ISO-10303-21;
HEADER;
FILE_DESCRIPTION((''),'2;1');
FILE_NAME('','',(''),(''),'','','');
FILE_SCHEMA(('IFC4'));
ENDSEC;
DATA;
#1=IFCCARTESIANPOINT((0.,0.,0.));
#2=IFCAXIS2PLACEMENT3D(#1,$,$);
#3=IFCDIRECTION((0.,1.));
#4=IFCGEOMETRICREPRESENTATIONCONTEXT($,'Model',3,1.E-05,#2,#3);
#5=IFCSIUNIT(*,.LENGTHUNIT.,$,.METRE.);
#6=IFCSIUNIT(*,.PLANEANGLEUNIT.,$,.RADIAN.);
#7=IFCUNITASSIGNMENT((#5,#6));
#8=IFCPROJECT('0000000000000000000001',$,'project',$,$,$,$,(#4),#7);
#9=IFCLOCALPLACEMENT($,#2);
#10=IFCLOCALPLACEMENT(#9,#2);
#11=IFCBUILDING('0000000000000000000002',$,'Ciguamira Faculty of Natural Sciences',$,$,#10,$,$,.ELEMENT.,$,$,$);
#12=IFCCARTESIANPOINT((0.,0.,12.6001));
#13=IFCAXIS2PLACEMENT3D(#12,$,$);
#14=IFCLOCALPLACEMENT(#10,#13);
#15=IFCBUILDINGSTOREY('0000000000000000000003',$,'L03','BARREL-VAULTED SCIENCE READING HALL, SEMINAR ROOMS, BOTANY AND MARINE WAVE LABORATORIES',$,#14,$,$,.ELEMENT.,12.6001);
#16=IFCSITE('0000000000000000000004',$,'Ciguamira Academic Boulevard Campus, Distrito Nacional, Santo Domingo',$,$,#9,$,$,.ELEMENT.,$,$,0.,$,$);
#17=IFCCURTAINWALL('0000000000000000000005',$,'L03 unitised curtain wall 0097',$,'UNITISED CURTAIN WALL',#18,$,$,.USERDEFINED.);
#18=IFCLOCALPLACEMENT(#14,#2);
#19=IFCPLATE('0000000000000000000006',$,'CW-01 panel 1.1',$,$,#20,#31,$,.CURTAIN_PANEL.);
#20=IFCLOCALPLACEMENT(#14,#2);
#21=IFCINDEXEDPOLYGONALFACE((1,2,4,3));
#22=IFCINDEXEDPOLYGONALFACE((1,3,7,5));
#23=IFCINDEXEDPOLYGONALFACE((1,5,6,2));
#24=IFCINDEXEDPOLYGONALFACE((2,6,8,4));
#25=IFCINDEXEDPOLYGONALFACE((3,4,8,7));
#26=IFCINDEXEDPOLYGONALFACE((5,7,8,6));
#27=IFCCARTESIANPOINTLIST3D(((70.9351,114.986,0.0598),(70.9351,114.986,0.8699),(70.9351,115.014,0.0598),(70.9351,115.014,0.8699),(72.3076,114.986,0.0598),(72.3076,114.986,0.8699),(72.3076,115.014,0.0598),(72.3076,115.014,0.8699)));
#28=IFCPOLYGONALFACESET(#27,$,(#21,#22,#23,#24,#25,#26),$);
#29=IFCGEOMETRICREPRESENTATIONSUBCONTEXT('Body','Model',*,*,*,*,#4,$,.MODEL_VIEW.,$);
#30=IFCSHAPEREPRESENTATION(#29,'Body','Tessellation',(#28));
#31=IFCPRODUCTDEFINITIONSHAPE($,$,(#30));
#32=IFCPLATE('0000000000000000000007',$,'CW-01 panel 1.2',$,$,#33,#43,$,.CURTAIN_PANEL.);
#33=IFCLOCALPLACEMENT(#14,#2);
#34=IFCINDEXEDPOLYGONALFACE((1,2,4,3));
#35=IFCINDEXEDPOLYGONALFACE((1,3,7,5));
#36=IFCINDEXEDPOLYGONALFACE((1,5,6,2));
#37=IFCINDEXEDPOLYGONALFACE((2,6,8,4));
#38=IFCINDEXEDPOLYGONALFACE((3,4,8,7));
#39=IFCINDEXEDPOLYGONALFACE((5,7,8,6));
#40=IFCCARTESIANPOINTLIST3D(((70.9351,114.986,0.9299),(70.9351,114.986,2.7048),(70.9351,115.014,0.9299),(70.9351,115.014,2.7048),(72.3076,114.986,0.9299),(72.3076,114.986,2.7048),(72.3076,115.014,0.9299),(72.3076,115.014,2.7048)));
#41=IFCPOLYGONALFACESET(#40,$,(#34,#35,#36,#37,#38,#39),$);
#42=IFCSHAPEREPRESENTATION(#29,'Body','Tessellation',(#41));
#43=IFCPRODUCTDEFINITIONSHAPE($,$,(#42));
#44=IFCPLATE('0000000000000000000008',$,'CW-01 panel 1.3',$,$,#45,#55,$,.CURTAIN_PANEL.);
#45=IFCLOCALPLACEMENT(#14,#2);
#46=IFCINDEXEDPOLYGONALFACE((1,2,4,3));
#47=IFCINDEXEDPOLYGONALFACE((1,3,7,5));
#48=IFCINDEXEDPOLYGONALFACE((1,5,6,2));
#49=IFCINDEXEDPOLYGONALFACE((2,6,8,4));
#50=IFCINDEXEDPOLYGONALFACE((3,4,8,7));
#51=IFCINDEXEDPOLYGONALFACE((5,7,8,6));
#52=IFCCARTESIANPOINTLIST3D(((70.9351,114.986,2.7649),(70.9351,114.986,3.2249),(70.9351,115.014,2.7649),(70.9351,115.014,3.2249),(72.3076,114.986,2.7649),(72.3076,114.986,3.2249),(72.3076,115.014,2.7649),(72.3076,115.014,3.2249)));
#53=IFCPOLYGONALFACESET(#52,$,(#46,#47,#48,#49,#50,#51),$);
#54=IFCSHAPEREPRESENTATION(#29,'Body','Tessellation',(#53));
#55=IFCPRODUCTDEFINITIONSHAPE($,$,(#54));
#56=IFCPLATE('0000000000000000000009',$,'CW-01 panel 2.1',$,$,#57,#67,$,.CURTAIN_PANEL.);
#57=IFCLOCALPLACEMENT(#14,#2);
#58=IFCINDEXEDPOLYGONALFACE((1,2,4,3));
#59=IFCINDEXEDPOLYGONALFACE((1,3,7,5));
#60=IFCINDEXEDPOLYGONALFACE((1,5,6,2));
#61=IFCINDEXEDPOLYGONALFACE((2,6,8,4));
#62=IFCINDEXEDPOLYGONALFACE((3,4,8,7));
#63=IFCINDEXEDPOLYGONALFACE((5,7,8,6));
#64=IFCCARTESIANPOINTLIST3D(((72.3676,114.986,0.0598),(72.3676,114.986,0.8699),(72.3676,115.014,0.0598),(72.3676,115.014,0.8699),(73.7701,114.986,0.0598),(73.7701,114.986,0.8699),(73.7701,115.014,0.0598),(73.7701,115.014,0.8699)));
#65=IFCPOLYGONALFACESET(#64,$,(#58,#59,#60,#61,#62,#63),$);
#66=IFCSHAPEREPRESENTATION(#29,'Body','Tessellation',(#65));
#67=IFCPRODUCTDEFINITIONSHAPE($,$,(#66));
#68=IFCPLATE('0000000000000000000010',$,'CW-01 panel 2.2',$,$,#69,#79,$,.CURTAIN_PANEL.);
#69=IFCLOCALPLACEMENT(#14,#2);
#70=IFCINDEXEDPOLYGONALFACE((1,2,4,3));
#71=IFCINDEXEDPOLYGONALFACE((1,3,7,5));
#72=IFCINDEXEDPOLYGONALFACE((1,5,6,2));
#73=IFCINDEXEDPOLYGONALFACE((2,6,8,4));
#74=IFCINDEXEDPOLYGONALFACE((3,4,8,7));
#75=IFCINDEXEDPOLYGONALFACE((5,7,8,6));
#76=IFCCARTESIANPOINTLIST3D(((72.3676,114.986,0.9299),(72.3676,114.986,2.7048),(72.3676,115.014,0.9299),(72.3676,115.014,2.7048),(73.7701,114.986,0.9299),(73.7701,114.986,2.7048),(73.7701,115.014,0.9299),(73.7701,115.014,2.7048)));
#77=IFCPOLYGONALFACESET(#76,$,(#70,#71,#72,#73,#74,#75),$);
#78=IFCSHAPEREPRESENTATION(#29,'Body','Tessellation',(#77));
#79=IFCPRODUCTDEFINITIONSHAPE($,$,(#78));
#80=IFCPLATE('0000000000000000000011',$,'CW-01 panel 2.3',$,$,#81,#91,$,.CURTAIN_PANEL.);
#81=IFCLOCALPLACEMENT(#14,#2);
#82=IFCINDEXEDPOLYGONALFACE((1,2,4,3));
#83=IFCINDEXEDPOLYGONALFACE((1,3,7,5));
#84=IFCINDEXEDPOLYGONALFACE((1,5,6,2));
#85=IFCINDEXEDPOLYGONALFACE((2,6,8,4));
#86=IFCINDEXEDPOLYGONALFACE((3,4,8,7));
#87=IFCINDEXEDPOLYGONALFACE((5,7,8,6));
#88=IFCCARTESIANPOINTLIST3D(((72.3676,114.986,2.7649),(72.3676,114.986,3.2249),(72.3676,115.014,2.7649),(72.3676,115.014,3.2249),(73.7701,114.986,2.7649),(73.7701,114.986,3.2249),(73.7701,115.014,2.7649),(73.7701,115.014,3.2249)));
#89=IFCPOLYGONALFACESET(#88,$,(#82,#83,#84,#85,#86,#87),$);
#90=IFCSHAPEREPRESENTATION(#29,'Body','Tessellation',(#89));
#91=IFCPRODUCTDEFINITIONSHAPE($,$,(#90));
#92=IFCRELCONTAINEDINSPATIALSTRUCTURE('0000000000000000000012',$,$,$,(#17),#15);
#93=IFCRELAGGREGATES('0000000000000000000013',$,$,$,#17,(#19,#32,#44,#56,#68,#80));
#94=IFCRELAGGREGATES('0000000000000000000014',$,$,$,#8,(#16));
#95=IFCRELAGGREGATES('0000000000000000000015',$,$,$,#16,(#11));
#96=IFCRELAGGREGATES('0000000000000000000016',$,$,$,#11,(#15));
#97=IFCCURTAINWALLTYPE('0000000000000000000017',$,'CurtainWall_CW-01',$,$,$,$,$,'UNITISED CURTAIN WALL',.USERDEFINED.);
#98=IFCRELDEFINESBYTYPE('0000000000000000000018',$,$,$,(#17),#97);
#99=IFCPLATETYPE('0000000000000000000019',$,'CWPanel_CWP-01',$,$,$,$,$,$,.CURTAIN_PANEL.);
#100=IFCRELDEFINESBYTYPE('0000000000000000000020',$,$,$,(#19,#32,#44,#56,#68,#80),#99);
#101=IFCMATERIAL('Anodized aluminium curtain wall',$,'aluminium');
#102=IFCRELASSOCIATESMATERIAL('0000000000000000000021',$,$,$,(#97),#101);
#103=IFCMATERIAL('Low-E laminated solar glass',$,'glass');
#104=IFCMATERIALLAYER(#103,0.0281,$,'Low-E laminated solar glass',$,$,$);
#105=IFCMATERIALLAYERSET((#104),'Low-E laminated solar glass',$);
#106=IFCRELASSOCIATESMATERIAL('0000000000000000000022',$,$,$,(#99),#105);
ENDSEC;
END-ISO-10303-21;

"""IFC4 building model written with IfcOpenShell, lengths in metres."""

from ifc_helpers import new_model, si_unit, direction, frame, origin, origin_2d, place, context, subcontext, project, spatial, rectangle, extrude, material, layer, layer_set, type_object, element, aggregate, save


model = new_model("IFC4")

# Units and contexts
model_context = context("Model", 3, precision=1e-05, world=origin(), true_north=direction((0.0, 1.0)))
body_context = subcontext(model_context, "Body", "Model", "MODEL_VIEW")
ifc_project = project(units=[si_unit("LENGTHUNIT", "METRE"), si_unit("PLANEANGLEUNIT", "RADIAN")], contexts=[model_context])

# Site, building, storey
site_placement = place(None, origin())
site = spatial("IfcSite", under=ifc_project, at=site_placement, Name="Ciguamira Academic Boulevard Campus, Distrito Nacional, Santo Domingo", CompositionType="ELEMENT", RefElevation=0.0)
building_placement = place(site_placement, origin())
building = spatial("IfcBuilding", under=site, at=building_placement, Name="Ciguamira Faculty of Natural Sciences", CompositionType="ELEMENT")
storey_placement = place(building_placement, frame((0.0, 0.0, 12.6001)))
storey = spatial("IfcBuildingStorey", under=building, at=storey_placement, Name="L03", Description="BARREL-VAULTED SCIENCE READING HALL, SEMINAR ROOMS, BOTANY AND MARINE WAVE LABORATORIES", CompositionType="ELEMENT", Elevation=12.6001)

# Curtain wall, plates
ifc_material_1 = material(Name="Anodized aluminium curtain wall", Category="aluminium")
curtain_wall_type = type_object("IfcCurtainWallType", Name="CurtainWall_CW-01", ElementType="UNITISED CURTAIN WALL", PredefinedType="USERDEFINED", material=ifc_material_1)
curtain_wall_placement = place(storey_placement, origin())
curtain_wall = element("IfcCurtainWall", 1, at=curtain_wall_placement, inside=storey, type_object=curtain_wall_type, Name="L03 unitised curtain wall 0097", ObjectType="UNITISED CURTAIN WALL", PredefinedType="USERDEFINED")
ifc_material_2 = material(Name="Low-E laminated solar glass", Category="glass")
ifc_layer = layer(ifc_material_2, 0.0281, Name="Low-E laminated solar glass")
ifc_layer_set = layer_set([ifc_layer], Name="Low-E laminated solar glass")
plate_type = type_object("IfcPlateType", Name="CWPanel_CWP-01", PredefinedType="CURTAIN_PANEL", material=ifc_layer_set)
plate_1_placement = place(storey_placement, frame((71.6213, 115.0, 0.0598), z_axis=(0.0, 0.0, 1.0), x_axis=(1.0, 0.0, 0.0)))
plate_1 = element("IfcPlate", 2, at=plate_1_placement, type_object=plate_type, Name="CW-01 panel 1.1", PredefinedType="CURTAIN_PANEL", context=body_context, shape_type="SweptSolid", body=[
    extrude(rectangle(XDim=1.3726, YDim=0.0281, at=origin_2d()), origin(), (0.0, 0.0, 1.0), 0.8101),
])
plate_2_placement = place(storey_placement, frame((71.6213, 115.0, 0.9299), z_axis=(0.0, 0.0, 1.0), x_axis=(1.0, 0.0, 0.0)))
plate_2 = element("IfcPlate", 3, at=plate_2_placement, type_object=plate_type, Name="CW-01 panel 1.2", PredefinedType="CURTAIN_PANEL", context=body_context, shape_type="SweptSolid", body=[
    extrude(rectangle(XDim=1.3726, YDim=0.0281, at=origin_2d()), origin(), (0.0, 0.0, 1.0), 1.7749),
])
plate_3_placement = place(storey_placement, frame((71.6213, 115.0, 2.7649), z_axis=(0.0, 0.0, 1.0), x_axis=(1.0, 0.0, 0.0)))
plate_3 = element("IfcPlate", 4, at=plate_3_placement, type_object=plate_type, Name="CW-01 panel 1.3", PredefinedType="CURTAIN_PANEL", context=body_context, shape_type="SweptSolid", body=[
    extrude(rectangle(XDim=1.3726, YDim=0.0281, at=origin_2d()), origin(), (0.0, 0.0, 1.0), 0.46),
])
plate_4_placement = place(storey_placement, frame((73.0688, 115.0, 0.0598), z_axis=(0.0, 0.0, 1.0), x_axis=(1.0, 0.0, 0.0)))
plate_4 = element("IfcPlate", 5, at=plate_4_placement, type_object=plate_type, Name="CW-01 panel 2.1", PredefinedType="CURTAIN_PANEL", context=body_context, shape_type="SweptSolid", body=[
    extrude(rectangle(XDim=1.4026, YDim=0.0281, at=origin_2d()), origin(), (0.0, 0.0, 1.0), 0.8101),
])
plate_5_placement = place(storey_placement, frame((73.0688, 115.0, 0.9299), z_axis=(0.0, 0.0, 1.0), x_axis=(1.0, 0.0, 0.0)))
plate_5 = element("IfcPlate", 6, at=plate_5_placement, type_object=plate_type, Name="CW-01 panel 2.2", PredefinedType="CURTAIN_PANEL", context=body_context, shape_type="SweptSolid", body=[
    extrude(rectangle(XDim=1.4026, YDim=0.0281, at=origin_2d()), origin(), (0.0, 0.0, 1.0), 1.7749),
])
plate_6_placement = place(storey_placement, frame((73.0688, 115.0, 2.7649), z_axis=(0.0, 0.0, 1.0), x_axis=(1.0, 0.0, 0.0)))
plate_6 = element("IfcPlate", 7, at=plate_6_placement, type_object=plate_type, Name="CW-01 panel 2.3", PredefinedType="CURTAIN_PANEL", context=body_context, shape_type="SweptSolid", body=[
    extrude(rectangle(XDim=1.4026, YDim=0.0281, at=origin_2d()), origin(), (0.0, 0.0, 1.0), 0.46),
])
aggregate(curtain_wall, [plate_1, plate_2, plate_3, plate_4, plate_5, plate_6])

save(model, "model.ifc")
